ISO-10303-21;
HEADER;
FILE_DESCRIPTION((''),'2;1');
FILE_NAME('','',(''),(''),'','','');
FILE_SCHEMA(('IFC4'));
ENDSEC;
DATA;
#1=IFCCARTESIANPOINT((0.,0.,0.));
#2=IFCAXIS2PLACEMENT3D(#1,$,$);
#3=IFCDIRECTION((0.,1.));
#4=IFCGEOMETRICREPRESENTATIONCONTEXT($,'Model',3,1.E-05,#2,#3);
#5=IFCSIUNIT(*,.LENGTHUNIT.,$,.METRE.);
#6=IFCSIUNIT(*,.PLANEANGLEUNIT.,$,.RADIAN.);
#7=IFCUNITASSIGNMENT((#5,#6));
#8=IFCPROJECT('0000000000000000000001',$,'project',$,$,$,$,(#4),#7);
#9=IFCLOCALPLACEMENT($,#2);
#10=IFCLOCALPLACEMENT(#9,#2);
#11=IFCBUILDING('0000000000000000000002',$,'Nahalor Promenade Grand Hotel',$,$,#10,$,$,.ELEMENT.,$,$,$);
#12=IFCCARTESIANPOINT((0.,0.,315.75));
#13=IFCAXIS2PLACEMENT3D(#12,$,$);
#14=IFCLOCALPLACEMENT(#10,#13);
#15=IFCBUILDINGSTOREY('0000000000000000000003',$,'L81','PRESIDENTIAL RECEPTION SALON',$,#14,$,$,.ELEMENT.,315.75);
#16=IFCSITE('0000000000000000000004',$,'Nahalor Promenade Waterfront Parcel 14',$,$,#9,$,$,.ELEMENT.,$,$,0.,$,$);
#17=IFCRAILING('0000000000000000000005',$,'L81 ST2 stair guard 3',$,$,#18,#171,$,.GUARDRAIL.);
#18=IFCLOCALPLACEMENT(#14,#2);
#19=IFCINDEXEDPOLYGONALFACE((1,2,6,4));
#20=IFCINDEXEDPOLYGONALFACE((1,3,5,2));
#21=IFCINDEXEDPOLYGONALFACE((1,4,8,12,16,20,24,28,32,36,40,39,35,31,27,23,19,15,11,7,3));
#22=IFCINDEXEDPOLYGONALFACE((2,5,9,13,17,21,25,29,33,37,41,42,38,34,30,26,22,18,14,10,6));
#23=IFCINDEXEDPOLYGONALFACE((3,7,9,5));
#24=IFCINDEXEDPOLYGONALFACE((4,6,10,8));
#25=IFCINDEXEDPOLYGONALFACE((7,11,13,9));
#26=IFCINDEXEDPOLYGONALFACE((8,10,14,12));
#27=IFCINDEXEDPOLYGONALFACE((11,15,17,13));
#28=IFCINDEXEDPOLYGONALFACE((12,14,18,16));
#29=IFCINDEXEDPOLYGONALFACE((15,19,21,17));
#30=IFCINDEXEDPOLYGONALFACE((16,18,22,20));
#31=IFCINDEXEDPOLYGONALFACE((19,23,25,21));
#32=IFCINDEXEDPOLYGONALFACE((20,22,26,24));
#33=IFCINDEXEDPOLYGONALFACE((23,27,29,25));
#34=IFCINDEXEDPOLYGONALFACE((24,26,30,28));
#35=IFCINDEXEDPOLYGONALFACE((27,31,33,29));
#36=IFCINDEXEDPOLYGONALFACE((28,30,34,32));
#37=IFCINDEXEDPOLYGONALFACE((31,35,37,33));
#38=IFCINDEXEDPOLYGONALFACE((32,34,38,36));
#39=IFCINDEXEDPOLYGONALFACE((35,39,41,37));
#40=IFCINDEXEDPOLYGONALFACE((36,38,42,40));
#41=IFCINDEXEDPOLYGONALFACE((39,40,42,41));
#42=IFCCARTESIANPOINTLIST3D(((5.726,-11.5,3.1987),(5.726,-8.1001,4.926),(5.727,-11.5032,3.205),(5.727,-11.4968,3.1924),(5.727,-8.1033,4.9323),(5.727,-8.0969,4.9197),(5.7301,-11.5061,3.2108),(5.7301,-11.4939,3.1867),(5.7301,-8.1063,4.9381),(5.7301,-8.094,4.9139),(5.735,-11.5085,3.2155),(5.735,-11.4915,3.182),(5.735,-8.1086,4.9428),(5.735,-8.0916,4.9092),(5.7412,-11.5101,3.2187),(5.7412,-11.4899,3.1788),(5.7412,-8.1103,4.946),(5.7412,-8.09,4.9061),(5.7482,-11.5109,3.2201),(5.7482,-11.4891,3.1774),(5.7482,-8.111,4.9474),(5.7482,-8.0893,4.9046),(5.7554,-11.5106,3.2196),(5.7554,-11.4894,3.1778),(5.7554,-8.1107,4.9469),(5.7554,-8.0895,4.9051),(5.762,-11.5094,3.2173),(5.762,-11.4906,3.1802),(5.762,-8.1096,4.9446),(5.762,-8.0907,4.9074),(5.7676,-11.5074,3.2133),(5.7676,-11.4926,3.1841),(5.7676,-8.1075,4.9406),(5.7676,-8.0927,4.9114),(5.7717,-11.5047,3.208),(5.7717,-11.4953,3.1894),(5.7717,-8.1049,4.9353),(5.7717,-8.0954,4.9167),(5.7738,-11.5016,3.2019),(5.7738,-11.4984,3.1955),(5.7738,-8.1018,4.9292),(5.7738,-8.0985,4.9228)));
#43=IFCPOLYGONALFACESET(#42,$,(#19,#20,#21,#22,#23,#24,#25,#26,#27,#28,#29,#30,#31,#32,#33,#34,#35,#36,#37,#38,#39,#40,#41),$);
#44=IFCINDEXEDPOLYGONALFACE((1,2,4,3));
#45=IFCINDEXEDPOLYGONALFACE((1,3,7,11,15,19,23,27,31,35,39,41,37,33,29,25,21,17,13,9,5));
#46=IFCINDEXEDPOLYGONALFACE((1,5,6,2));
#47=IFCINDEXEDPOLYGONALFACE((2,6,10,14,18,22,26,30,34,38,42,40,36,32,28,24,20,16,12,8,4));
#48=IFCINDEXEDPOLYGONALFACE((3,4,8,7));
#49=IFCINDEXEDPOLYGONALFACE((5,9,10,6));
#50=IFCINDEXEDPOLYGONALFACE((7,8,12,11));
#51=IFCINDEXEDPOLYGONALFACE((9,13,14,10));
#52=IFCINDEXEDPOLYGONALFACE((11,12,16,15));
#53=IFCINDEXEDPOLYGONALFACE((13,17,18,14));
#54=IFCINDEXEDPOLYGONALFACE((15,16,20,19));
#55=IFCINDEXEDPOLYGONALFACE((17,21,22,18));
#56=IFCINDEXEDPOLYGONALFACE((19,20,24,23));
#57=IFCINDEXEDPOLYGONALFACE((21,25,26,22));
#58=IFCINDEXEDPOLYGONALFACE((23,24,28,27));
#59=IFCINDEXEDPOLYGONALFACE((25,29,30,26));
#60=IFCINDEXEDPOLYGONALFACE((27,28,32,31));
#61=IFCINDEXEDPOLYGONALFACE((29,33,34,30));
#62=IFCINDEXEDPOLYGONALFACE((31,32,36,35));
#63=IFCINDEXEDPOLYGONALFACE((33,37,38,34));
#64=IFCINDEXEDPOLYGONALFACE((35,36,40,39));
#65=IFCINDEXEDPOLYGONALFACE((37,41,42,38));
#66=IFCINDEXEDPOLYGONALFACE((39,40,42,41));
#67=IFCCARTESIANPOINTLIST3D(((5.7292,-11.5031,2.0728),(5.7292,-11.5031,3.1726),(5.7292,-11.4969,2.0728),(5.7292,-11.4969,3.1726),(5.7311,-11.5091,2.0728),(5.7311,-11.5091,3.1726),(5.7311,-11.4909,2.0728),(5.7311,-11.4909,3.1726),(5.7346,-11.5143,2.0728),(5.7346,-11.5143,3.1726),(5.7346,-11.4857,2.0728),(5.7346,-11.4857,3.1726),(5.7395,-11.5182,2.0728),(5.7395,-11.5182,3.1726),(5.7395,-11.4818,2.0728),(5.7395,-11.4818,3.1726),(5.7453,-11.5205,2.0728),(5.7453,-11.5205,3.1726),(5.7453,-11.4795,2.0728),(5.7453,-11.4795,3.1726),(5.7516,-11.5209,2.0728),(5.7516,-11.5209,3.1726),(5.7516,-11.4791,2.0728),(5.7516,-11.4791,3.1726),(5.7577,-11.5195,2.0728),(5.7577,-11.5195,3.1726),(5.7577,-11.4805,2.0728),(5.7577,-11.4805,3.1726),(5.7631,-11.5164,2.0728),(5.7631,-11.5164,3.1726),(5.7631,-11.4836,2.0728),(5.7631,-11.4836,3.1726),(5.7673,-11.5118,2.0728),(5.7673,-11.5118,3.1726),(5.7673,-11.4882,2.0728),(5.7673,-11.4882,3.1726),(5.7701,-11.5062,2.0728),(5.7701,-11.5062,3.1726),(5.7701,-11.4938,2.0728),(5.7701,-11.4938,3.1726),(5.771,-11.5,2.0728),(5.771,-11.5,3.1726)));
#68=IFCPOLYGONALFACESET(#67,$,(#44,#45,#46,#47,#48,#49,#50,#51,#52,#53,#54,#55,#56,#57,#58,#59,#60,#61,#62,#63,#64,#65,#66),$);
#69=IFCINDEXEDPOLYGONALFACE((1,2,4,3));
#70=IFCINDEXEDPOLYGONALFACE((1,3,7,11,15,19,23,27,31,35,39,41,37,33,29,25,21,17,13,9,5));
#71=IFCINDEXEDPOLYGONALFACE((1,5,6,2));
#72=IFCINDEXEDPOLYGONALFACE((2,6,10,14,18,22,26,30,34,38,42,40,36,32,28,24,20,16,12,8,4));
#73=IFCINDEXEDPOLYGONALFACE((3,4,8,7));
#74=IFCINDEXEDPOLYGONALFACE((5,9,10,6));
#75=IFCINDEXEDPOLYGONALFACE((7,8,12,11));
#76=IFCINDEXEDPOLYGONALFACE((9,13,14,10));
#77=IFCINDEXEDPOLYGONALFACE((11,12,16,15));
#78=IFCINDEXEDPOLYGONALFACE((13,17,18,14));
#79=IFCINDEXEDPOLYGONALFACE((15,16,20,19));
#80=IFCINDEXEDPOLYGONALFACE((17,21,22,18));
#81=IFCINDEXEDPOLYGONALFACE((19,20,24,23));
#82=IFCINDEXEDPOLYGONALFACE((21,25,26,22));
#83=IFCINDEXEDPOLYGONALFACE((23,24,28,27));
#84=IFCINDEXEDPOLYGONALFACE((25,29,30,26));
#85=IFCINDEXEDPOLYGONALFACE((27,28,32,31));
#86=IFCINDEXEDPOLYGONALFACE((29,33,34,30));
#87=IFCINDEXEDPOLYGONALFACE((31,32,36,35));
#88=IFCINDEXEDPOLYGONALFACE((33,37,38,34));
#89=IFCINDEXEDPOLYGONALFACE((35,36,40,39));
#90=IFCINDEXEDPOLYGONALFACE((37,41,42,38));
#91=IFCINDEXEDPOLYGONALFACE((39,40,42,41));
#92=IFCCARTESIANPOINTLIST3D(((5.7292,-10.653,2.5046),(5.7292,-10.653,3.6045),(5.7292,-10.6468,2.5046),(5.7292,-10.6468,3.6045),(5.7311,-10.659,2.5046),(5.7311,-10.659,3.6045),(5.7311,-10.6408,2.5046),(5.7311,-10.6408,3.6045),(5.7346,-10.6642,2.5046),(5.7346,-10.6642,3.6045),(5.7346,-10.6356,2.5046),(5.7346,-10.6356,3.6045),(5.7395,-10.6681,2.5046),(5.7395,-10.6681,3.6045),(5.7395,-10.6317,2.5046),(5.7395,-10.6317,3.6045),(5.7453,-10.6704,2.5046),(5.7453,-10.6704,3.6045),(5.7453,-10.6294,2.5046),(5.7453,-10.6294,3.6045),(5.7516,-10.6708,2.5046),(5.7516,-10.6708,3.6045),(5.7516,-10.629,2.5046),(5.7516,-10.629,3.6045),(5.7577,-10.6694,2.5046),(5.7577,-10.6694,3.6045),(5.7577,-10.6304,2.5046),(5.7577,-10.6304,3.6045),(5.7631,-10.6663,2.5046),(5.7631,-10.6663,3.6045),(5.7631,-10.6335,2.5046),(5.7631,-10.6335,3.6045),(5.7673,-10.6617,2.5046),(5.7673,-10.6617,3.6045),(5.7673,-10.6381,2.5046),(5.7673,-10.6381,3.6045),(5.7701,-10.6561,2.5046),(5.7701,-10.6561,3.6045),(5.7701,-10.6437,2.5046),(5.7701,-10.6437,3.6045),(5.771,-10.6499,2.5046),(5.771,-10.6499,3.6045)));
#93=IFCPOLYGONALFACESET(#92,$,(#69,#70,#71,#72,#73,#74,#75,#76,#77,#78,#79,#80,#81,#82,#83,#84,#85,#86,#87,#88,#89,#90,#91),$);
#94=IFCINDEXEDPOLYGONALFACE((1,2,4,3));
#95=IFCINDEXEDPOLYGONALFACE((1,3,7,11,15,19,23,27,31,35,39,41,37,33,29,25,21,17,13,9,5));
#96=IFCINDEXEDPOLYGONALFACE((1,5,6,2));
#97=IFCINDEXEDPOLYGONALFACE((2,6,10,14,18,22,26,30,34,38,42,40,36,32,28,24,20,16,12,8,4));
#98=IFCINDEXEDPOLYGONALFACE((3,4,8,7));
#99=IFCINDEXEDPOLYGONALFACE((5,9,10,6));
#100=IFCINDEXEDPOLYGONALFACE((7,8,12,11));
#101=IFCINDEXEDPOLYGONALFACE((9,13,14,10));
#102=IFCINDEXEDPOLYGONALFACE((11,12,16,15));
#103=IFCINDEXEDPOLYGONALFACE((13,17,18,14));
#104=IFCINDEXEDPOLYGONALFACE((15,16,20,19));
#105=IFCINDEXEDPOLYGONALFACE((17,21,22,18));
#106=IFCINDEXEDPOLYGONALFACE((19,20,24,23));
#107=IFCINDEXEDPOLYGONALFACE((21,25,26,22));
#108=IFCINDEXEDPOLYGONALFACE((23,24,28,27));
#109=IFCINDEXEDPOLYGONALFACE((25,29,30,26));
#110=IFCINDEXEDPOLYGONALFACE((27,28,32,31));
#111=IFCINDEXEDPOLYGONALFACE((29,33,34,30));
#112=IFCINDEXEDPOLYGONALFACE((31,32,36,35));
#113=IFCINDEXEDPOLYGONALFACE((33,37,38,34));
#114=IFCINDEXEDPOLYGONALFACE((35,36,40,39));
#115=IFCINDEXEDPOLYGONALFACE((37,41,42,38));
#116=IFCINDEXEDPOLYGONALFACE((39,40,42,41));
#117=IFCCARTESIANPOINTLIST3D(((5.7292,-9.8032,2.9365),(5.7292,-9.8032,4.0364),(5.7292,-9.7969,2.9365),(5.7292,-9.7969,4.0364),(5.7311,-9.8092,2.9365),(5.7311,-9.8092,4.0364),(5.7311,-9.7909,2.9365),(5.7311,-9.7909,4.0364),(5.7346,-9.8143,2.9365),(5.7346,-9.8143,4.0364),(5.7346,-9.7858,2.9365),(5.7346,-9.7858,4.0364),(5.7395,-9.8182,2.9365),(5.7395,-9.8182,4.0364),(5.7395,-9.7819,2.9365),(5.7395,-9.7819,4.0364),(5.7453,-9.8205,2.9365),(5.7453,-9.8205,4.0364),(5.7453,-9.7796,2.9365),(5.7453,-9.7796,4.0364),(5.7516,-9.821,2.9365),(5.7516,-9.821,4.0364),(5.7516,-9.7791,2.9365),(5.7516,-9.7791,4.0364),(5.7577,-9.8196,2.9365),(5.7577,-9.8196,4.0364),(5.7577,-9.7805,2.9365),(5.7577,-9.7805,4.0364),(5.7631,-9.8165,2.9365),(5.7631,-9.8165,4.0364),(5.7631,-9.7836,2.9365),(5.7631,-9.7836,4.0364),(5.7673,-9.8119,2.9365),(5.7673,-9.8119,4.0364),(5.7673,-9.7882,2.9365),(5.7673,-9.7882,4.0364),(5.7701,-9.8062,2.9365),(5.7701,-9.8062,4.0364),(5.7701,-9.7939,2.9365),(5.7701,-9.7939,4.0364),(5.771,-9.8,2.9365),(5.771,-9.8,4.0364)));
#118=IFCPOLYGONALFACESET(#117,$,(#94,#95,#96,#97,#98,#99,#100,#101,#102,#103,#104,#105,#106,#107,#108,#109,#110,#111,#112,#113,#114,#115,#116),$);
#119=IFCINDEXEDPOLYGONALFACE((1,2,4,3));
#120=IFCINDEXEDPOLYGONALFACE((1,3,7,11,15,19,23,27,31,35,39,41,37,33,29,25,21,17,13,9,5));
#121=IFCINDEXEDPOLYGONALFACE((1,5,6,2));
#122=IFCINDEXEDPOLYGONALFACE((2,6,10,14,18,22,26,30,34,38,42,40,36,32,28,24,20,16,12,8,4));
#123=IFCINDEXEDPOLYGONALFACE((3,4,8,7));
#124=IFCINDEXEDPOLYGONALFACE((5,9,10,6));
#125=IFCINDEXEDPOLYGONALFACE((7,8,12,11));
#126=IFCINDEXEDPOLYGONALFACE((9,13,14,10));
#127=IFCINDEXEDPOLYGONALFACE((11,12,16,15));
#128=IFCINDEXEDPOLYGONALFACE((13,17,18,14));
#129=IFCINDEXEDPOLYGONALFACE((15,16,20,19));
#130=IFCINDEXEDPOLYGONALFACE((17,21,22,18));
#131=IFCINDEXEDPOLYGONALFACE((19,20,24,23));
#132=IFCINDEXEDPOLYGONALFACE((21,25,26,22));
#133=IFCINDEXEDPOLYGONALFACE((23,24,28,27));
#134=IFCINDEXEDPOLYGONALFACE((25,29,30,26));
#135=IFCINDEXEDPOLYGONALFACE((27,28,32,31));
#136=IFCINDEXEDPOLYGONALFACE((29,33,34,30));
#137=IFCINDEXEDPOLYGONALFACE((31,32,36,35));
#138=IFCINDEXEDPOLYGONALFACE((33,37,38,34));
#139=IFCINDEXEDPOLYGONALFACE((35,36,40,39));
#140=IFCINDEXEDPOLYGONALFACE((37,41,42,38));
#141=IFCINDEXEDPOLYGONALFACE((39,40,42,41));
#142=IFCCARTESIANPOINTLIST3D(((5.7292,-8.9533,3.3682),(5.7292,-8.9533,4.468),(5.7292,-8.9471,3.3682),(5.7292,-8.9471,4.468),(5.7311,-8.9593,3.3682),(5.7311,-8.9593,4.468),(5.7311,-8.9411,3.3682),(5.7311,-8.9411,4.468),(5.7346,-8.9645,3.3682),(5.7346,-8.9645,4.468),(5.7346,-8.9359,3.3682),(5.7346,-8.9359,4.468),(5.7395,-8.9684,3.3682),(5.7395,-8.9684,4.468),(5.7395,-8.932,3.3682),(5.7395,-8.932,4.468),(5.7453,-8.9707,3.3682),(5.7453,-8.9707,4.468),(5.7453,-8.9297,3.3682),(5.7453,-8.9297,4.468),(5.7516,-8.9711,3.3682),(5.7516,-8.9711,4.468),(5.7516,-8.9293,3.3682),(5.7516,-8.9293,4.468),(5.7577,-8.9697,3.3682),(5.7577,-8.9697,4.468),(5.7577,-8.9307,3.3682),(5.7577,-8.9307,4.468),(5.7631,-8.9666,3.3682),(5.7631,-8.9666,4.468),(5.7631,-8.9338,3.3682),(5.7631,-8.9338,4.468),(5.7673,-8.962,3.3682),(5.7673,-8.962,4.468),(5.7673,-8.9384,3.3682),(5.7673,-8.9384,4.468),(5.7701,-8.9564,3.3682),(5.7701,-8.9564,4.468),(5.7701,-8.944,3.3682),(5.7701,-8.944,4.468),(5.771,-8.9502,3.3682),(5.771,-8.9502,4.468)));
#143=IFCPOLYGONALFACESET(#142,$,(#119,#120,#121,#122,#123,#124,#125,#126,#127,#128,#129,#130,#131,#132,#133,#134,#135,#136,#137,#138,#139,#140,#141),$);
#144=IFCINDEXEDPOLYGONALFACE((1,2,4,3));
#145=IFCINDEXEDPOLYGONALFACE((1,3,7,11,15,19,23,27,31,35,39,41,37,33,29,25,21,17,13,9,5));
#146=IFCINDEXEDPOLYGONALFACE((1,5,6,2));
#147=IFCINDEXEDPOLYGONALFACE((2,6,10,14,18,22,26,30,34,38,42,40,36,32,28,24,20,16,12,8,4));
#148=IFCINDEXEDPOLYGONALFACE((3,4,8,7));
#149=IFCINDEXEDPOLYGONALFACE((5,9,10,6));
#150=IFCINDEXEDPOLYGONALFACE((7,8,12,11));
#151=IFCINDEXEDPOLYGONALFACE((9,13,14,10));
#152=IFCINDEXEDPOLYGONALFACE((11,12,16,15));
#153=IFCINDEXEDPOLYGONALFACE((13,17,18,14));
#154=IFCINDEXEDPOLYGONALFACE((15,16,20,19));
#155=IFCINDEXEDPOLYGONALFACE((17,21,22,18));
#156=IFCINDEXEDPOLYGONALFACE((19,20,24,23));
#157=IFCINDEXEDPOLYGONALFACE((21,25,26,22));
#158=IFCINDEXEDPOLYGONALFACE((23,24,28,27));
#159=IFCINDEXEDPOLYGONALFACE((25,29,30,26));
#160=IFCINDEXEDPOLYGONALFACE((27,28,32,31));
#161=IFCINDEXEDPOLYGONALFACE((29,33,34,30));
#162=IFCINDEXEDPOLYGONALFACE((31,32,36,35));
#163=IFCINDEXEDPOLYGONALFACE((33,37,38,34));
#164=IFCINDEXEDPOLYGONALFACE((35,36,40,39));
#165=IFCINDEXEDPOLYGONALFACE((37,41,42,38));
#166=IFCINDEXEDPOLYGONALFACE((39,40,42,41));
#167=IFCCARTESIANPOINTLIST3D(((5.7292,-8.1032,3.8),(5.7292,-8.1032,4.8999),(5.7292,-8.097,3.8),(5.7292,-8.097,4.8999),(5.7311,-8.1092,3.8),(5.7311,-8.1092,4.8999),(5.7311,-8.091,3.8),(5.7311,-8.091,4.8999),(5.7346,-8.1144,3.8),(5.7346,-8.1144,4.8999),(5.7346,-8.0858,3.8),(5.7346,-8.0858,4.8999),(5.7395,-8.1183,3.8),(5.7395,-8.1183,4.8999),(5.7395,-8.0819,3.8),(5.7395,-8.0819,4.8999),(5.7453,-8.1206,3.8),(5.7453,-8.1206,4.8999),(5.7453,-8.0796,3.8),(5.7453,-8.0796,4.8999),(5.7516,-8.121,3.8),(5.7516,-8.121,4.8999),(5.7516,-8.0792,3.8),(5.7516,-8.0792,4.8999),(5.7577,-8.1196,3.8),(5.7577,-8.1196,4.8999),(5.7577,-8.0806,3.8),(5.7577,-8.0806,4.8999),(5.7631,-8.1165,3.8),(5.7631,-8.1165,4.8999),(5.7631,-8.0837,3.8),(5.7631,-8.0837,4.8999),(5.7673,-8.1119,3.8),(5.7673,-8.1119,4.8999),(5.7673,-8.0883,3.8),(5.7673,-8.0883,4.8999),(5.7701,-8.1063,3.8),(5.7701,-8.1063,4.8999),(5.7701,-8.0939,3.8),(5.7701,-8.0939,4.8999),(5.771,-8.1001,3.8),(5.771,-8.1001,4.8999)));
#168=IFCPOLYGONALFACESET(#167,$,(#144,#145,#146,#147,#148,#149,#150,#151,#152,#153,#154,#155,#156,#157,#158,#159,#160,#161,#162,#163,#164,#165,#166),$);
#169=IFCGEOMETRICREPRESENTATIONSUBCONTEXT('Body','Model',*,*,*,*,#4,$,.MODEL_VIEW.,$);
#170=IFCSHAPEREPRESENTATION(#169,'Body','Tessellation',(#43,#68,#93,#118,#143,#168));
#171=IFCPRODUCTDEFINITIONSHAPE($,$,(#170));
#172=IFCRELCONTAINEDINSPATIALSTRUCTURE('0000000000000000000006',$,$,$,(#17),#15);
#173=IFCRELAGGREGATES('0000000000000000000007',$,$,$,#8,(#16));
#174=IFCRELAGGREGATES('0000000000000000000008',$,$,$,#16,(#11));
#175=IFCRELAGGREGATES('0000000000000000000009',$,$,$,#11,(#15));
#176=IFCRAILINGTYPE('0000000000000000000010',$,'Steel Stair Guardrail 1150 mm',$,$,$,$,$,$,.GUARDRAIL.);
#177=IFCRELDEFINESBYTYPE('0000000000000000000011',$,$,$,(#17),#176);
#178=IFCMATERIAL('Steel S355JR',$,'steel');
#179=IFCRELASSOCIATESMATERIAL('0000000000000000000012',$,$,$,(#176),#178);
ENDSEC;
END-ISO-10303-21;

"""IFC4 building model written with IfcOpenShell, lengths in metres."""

from ifc_helpers import new_model, si_unit, direction, frame, origin, origin_2d, place, context, subcontext, project, spatial, circle, extrude, material, type_object, element, save


model = new_model("IFC4")

# Units and contexts
model_context = context("Model", 3, precision=1e-05, world=origin(), true_north=direction((0.0, 1.0)))
body_context = subcontext(model_context, "Body", "Model", "MODEL_VIEW")
ifc_project = project(units=[si_unit("LENGTHUNIT", "METRE"), si_unit("PLANEANGLEUNIT", "RADIAN")], contexts=[model_context])

# Site, building, storey
site_placement = place(None, origin())
site = spatial("IfcSite", under=ifc_project, at=site_placement, Name="Nahalor Promenade Waterfront Parcel 14", CompositionType="ELEMENT", RefElevation=0.0)
building_placement = place(site_placement, origin())
building = spatial("IfcBuilding", under=site, at=building_placement, Name="Nahalor Promenade Grand Hotel", CompositionType="ELEMENT")
storey_placement = place(building_placement, frame((0.0, 0.0, 315.75)))
storey = spatial("IfcBuildingStorey", under=building, at=storey_placement, Name="L81", Description="PRESIDENTIAL RECEPTION SALON", CompositionType="ELEMENT", Elevation=315.75)

# Shared definitions
ifc_material_1 = material(Name="Steel S355JR", Category="steel")

# Railing
railing_type_1 = type_object("IfcRailingType", Name="Steel Stair Guardrail 1150 mm", PredefinedType="GUARDRAIL", material=ifc_material_1)
railing_1_placement = place(storey_placement, frame((5.75, -11.5, 2.0728)))
element("IfcRailing", 1, at=railing_1_placement, inside=storey, type_object=railing_type_1, Name="L81 ST2 stair guard 3", PredefinedType="GUARDRAIL", context=body_context, shape_type="SweptSolid", body=[
    extrude(circle(Radius=0.024, at=origin_2d()), frame((0.0, 0.0, 1.126), z_axis=(0.0, 0.891541, 0.452941), x_axis=(-1.0, 0.0, 0.0)), (0.0, 0.0, 1.0), 3.8135),
    extrude(circle(Radius=0.021, at=origin_2d()), origin(), (0.0, 0.0, 1.0), 1.0999),
    extrude(circle(Radius=0.021, at=origin_2d()), frame((0.0, 0.8501, 0.4319)), (0.0, 0.0, 1.0), 1.0999),
    extrude(circle(Radius=0.021, at=origin_2d()), frame((0.0, 1.7, 0.8638)), (0.0, 0.0, 1.0), 1.0999),
    extrude(circle(Radius=0.021, at=origin_2d()), frame((0.0, 2.5498, 1.2954)), (0.0, 0.0, 1.0), 1.0999),
    extrude(circle(Radius=0.021, at=origin_2d()), frame((0.0, 3.3999, 1.7273)), (0.0, 0.0, 1.0), 1.0999),
])

save(model, "model.ifc")
